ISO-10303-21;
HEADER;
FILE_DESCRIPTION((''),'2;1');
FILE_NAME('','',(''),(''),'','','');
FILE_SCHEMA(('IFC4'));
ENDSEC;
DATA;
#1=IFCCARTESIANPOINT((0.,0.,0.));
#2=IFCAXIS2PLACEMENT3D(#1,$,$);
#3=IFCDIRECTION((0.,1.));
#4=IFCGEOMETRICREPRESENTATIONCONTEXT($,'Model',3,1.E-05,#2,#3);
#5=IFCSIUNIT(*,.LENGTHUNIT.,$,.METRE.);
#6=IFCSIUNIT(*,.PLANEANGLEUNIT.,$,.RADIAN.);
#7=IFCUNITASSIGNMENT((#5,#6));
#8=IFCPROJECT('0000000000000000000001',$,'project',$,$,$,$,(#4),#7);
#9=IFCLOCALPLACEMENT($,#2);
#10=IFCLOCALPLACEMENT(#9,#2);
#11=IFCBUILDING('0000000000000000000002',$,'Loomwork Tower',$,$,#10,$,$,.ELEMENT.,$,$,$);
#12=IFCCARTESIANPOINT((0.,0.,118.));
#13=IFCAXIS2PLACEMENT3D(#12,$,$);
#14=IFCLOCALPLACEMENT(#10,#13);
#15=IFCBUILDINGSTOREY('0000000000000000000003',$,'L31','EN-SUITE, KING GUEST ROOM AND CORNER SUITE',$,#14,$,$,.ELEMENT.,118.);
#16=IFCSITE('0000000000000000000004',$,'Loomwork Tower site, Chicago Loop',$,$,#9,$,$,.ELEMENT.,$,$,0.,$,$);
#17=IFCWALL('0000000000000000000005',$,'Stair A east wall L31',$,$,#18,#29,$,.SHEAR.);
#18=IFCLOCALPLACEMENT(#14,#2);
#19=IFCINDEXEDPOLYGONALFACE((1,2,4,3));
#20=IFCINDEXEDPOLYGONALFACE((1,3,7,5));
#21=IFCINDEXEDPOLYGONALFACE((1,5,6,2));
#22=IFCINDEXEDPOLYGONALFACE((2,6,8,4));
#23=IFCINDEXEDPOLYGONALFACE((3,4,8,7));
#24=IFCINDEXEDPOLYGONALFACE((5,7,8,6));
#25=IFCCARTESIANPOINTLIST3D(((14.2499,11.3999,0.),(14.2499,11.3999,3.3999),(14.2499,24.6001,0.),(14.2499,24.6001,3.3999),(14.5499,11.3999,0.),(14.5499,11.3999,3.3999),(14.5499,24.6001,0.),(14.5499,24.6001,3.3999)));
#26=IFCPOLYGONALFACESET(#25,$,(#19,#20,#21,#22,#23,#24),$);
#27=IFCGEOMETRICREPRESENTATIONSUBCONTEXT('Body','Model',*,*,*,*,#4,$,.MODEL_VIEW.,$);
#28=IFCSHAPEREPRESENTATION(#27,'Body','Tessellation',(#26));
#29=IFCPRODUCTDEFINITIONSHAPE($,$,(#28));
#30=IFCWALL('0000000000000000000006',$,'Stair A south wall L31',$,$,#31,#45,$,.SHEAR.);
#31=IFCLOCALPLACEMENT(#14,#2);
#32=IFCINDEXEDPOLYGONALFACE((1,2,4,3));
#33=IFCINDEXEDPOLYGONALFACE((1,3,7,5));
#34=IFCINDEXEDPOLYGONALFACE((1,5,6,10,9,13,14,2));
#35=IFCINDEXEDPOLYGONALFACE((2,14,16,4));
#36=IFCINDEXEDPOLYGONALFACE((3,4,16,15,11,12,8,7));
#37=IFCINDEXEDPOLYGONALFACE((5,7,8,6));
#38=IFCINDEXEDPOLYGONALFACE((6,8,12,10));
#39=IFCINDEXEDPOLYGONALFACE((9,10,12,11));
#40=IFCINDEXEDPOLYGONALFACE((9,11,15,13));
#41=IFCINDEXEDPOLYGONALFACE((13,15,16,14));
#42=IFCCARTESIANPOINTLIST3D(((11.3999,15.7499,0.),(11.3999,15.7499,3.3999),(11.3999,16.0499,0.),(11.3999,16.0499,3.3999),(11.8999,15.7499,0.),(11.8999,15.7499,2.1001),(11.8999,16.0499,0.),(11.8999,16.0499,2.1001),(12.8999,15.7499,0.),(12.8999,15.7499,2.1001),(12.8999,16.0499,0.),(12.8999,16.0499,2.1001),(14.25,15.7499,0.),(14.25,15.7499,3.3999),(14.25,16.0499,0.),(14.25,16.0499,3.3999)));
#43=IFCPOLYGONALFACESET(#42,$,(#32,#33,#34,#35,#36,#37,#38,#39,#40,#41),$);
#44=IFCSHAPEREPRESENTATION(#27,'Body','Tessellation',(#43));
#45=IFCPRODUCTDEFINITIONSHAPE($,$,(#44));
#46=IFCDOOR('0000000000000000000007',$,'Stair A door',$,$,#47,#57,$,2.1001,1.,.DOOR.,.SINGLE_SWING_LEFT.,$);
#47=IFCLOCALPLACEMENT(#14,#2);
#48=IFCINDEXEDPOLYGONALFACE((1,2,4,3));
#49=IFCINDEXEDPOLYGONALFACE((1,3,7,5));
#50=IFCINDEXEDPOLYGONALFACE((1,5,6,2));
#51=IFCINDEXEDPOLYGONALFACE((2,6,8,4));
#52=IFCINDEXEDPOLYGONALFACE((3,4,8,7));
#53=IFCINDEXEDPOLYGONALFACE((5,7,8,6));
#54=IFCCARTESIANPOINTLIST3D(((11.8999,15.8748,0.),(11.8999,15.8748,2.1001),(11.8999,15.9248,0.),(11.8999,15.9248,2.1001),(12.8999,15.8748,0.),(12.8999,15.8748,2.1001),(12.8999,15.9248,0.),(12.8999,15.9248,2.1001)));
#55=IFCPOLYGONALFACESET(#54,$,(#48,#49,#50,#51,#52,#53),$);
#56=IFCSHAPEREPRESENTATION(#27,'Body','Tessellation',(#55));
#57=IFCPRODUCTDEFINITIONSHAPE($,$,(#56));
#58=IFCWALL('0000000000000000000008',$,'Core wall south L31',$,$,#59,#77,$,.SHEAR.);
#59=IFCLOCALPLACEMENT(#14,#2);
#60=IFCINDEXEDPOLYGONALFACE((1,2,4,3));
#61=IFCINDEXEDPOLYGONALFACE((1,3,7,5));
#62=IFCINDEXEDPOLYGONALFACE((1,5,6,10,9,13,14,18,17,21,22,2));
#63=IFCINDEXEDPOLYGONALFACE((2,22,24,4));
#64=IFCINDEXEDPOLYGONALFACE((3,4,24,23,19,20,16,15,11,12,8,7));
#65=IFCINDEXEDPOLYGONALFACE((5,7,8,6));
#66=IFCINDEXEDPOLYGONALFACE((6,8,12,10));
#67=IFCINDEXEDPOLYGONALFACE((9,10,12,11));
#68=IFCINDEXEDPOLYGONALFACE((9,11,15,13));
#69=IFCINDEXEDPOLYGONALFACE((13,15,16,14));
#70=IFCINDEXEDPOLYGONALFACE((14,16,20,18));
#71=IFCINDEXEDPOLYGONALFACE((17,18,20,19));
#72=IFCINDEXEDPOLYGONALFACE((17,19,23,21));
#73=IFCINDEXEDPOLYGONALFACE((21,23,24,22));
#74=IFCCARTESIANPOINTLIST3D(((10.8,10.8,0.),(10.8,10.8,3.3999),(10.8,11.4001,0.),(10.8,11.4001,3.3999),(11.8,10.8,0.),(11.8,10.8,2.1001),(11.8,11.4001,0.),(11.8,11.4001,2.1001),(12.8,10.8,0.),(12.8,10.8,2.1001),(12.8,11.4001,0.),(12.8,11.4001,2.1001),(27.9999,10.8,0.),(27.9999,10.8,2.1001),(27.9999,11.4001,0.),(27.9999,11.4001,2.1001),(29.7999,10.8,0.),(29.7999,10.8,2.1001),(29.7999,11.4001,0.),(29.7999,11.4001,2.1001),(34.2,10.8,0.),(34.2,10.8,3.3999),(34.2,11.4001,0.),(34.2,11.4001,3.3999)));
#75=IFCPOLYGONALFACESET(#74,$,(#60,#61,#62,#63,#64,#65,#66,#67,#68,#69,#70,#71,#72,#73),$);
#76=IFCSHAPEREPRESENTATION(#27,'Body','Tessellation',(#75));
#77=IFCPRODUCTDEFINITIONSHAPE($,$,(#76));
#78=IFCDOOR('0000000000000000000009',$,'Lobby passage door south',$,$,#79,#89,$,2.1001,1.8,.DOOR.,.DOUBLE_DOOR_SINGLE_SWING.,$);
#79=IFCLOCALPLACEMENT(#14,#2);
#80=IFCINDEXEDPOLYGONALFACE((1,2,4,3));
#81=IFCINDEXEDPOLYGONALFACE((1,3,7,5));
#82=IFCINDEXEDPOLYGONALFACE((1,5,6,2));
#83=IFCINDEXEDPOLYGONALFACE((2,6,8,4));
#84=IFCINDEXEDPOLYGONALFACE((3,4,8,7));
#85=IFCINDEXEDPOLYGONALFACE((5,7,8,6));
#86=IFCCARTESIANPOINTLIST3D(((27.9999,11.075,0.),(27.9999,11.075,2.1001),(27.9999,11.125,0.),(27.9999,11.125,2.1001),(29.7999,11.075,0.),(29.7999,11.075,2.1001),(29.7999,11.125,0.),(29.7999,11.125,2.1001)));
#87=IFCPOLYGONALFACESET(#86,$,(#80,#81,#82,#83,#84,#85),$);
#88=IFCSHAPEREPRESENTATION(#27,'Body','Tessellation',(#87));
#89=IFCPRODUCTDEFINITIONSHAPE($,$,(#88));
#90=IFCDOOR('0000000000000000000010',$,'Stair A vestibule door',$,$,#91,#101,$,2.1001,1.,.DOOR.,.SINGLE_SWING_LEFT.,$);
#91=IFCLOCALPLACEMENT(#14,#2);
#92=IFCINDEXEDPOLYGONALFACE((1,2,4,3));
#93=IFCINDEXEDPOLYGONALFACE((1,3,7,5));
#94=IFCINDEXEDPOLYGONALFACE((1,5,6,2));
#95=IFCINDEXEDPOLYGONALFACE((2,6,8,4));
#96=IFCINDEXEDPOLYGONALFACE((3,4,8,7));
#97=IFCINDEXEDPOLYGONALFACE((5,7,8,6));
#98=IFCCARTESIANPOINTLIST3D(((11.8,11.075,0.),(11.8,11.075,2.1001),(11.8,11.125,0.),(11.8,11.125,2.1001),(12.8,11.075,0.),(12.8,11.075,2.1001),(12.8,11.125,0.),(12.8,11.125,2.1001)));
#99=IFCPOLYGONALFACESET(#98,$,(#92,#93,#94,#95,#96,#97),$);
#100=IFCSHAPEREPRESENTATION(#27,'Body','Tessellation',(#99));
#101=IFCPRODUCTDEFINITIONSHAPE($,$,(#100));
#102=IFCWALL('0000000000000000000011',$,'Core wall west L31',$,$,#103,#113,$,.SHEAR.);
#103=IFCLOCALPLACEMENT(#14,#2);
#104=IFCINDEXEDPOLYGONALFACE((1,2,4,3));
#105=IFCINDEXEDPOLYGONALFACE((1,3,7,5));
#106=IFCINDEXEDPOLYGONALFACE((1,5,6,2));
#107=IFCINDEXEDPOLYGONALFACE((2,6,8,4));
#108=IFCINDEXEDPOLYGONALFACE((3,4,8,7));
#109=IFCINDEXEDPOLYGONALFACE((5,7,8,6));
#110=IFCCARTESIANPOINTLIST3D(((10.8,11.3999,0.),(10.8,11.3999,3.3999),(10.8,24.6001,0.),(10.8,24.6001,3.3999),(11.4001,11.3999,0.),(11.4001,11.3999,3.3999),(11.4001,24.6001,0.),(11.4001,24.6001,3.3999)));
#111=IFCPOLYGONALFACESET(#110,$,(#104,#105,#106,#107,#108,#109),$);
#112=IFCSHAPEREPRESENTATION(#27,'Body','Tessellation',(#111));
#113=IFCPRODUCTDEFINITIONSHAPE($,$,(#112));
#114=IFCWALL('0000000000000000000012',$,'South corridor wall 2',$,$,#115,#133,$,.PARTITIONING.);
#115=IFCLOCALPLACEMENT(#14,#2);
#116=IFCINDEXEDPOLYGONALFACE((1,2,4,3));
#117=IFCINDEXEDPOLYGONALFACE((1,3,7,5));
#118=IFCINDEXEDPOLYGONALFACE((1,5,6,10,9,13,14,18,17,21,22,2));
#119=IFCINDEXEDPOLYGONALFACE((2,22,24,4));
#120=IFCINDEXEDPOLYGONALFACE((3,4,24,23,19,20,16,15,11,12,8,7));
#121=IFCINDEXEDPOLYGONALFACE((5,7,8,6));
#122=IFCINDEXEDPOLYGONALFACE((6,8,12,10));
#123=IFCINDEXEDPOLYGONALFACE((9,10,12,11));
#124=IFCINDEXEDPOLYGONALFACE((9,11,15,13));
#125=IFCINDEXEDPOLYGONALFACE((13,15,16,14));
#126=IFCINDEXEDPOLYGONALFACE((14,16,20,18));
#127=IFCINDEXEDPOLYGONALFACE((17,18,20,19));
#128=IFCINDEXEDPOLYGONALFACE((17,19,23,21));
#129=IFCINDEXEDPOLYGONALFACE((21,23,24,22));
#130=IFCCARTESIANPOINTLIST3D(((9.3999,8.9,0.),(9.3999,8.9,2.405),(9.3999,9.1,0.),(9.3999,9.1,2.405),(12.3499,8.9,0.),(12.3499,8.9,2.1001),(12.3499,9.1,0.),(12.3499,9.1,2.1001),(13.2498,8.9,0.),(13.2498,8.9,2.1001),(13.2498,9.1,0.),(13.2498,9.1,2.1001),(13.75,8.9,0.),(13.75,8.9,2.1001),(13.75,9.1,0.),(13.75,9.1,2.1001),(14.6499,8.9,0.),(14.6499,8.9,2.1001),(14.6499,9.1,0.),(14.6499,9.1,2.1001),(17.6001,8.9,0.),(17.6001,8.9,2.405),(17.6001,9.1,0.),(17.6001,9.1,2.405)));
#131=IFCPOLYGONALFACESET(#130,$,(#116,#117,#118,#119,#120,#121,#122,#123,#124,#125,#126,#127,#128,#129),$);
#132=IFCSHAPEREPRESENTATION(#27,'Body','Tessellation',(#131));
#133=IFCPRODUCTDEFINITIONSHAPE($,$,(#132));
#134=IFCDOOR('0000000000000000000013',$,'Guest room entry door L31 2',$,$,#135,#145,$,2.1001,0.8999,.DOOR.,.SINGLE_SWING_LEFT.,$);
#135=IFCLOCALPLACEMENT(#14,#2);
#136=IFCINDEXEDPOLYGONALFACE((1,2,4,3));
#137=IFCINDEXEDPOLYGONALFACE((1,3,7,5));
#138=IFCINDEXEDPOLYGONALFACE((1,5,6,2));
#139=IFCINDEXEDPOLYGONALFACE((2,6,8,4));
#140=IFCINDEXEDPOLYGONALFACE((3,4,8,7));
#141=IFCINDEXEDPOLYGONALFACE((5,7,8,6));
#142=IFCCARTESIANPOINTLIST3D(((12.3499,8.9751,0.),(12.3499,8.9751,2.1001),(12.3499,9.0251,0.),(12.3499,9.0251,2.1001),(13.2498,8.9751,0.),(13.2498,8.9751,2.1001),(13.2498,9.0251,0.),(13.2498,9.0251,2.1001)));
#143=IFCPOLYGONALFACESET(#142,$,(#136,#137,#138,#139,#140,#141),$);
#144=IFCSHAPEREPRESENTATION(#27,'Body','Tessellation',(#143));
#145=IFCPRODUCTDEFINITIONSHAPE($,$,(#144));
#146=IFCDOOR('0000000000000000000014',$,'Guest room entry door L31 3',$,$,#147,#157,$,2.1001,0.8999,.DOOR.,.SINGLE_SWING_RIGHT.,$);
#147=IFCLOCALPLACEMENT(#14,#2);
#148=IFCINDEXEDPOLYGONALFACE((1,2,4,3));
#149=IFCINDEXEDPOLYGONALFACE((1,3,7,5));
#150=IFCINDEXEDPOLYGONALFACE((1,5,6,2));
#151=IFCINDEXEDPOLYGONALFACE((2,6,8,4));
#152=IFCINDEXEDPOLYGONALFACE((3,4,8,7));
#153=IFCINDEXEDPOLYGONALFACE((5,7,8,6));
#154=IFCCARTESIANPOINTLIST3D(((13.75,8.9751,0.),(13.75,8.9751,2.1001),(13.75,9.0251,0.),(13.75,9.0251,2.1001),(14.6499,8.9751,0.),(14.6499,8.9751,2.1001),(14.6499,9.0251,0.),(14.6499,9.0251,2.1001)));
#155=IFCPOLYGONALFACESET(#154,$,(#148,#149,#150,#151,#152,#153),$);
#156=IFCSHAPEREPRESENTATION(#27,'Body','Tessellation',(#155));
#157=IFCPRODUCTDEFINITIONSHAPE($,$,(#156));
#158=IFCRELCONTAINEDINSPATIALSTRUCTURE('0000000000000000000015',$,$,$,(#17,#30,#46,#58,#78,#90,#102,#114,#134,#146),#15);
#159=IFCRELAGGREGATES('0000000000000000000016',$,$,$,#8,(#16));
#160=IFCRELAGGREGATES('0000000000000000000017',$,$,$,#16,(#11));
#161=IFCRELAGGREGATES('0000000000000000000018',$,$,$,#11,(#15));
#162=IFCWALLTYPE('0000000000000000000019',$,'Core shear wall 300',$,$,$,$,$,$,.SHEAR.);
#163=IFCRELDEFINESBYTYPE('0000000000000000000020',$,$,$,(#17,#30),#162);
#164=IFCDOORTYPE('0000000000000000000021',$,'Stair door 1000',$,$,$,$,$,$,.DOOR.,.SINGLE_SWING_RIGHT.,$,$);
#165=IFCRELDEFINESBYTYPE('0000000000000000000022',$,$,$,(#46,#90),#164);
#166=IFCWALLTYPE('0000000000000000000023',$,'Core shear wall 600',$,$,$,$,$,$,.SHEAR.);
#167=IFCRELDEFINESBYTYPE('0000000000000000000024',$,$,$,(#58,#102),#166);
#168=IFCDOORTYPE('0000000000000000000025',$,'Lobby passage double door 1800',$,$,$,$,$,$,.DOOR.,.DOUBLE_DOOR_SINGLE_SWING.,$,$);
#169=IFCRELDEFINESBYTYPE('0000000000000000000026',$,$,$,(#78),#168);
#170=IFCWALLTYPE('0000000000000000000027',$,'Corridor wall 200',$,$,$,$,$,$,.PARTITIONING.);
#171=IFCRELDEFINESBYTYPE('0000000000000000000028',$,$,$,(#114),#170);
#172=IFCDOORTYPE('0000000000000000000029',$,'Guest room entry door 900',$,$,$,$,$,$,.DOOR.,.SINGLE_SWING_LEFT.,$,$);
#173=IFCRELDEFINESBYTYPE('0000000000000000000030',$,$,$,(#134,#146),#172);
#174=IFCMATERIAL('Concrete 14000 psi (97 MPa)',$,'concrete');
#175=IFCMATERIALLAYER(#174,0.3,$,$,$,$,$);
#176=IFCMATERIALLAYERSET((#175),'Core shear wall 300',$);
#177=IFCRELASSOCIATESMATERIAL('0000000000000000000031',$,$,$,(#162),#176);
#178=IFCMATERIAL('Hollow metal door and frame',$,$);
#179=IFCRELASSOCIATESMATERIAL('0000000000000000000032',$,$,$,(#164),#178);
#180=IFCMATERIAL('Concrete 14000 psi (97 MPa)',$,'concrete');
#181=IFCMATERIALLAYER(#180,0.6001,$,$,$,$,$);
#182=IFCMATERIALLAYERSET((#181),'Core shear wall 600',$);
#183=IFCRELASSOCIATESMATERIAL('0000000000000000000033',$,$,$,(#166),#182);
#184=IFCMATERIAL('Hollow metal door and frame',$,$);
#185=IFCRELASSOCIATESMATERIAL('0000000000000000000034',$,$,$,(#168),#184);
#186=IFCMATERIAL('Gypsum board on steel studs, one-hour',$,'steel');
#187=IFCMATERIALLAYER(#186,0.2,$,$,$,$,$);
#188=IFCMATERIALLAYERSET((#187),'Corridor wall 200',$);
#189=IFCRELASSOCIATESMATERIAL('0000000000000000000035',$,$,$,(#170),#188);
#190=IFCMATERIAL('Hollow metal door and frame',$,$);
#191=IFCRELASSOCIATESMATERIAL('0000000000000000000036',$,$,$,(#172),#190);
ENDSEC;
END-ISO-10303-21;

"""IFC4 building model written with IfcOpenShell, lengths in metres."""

from ifc_helpers import new_model, si_unit, direction, frame, frame_2d, origin, place, context, subcontext, project, spatial, rectangle, extrude, material, layer, layer_set, type_object, element, fill, save


model = new_model("IFC4")

# Units and contexts
model_context = context("Model", 3, precision=1e-05, world=origin(), true_north=direction((0.0, 1.0)))
body_context = subcontext(model_context, "Body", "Model", "MODEL_VIEW")
ifc_project = project(units=[si_unit("LENGTHUNIT", "METRE"), si_unit("PLANEANGLEUNIT", "RADIAN")], contexts=[model_context])

# Site, building, storey
site_placement = place(None, origin())
site = spatial("IfcSite", under=ifc_project, at=site_placement, Name="Loomwork Tower site, Chicago Loop", CompositionType="ELEMENT", RefElevation=0.0)
building_placement = place(site_placement, origin())
building = spatial("IfcBuilding", under=site, at=building_placement, Name="Loomwork Tower", CompositionType="ELEMENT")
storey_placement = place(building_placement, frame((0.0, 0.0, 118.0)))
storey = spatial("IfcBuildingStorey", under=building, at=storey_placement, Name="L31", Description="EN-SUITE, KING GUEST ROOM AND CORNER SUITE", CompositionType="ELEMENT", Elevation=118.0)

# Wall
ifc_material_1 = material(Name="Concrete 14000 psi (97 MPa)", Category="concrete")
ifc_layer_1 = layer(ifc_material_1, 0.3)
ifc_layer_set_1 = layer_set([ifc_layer_1], Name="Core shear wall 300")
wall_type_1 = type_object("IfcWallType", Name="Core shear wall 300", PredefinedType="SHEAR", material=ifc_layer_set_1)
wall_1_placement = place(storey_placement, frame((14.3999, 11.3999, 0.0), z_axis=(0.0, 0.0, 1.0), x_axis=(0.0, 1.0, 0.0)))
element("IfcWall", 1, at=wall_1_placement, inside=storey, type_object=wall_type_1, Name="Stair A east wall L31", PredefinedType="SHEAR", context=body_context, shape_type="SweptSolid", body=[
    extrude(rectangle(XDim=13.2002, YDim=0.3, at=frame_2d((6.6001, 0.0))), origin(), (0.0, 0.0, 1.0), 3.3999),
])

# Wall, opening, door
wall_2_placement = place(storey_placement, frame((11.3999, 15.8999, 0.0), z_axis=(0.0, 0.0, 1.0), x_axis=(1.0, 0.0, 0.0)))
wall_2 = element("IfcWall", 2, at=wall_2_placement, inside=storey, type_object=wall_type_1, Name="Stair A south wall L31", PredefinedType="SHEAR", context=body_context, shape_type="SweptSolid", body=[
    extrude(rectangle(XDim=2.8501, YDim=0.3, at=frame_2d((1.425, 0.0))), origin(), (0.0, 0.0, 1.0), 3.3999),
])
opening_1_placement = place(wall_2_placement, frame((0.5, 0.0, 0.0)))
opening_1 = element("IfcOpeningElement", 3, at=opening_1_placement, cuts=wall_2, PredefinedType="OPENING", context=body_context, shape_type="SweptSolid", body=[
    extrude(rectangle(XDim=1.0, YDim=2.1001, at=frame_2d((0.5, 1.05))), frame((0.0, 0.1599, 0.0), z_axis=(0.0, -1.0, 0.0), x_axis=(1.0, 0.0, 0.0)), (0.0, 0.0, 1.0), 0.3201),
])
ifc_material_2 = material(Name="Hollow metal door and frame")
door_type_1 = type_object("IfcDoorType", Name="Stair door 1000", OperationType="SINGLE_SWING_RIGHT", PredefinedType="DOOR", material=ifc_material_2)
door_1_placement = place(opening_1_placement, origin())
door_1 = element("IfcDoor", 4, at=door_1_placement, inside=storey, type_object=door_type_1, Name="Stair A door", OperationType="SINGLE_SWING_LEFT", OverallHeight=2.1001, OverallWidth=1.0, PredefinedType="DOOR", context=body_context, shape_type="SweptSolid", body=[
    extrude(rectangle(XDim=1.0, YDim=2.1001, at=frame_2d((0.5, 1.05))), frame((0.0, 0.0249, 0.0), z_axis=(0.0, -1.0, 0.0), x_axis=(1.0, 0.0, 0.0)), (0.0, 0.0, 1.0), 0.05),
])
fill(opening_1, door_1)

# Wall, openings, doors
ifc_material_3 = material(Name="Concrete 14000 psi (97 MPa)", Category="concrete")
ifc_layer_2 = layer(ifc_material_3, 0.6001)
ifc_layer_set_2 = layer_set([ifc_layer_2], Name="Core shear wall 600")
wall_type_2 = type_object("IfcWallType", Name="Core shear wall 600", PredefinedType="SHEAR", material=ifc_layer_set_2)
wall_3_placement = place(storey_placement, frame((10.8, 11.1001, 0.0), z_axis=(0.0, 0.0, 1.0), x_axis=(1.0, 0.0, 0.0)))
wall_3 = element("IfcWall", 5, at=wall_3_placement, inside=storey, type_object=wall_type_2, Name="Core wall south L31", PredefinedType="SHEAR", context=body_context, shape_type="SweptSolid", body=[
    extrude(rectangle(XDim=23.3999, YDim=0.6001, at=frame_2d((11.7, 0.0))), origin(), (0.0, 0.0, 1.0), 3.3999),
])
opening_2_placement = place(wall_3_placement, frame((1.0, 0.0, 0.0)))
opening_2 = element("IfcOpeningElement", 6, at=opening_2_placement, cuts=wall_3, PredefinedType="OPENING", context=body_context, shape_type="SweptSolid", body=[
    extrude(rectangle(XDim=1.0, YDim=2.1001, at=frame_2d((0.5, 1.05))), frame((0.0, 0.3101, 0.0), z_axis=(0.0, -1.0, 0.0), x_axis=(1.0, 0.0, 0.0)), (0.0, 0.0, 1.0), 0.6201),
])
opening_3_placement = place(wall_3_placement, frame((17.2, 0.0, 0.0)))
opening_3 = element("IfcOpeningElement", 7, at=opening_3_placement, cuts=wall_3, PredefinedType="OPENING", context=body_context, shape_type="SweptSolid", body=[
    extrude(rectangle(XDim=1.8, YDim=2.1001, at=frame_2d((0.8999, 1.05))), frame((0.0, 0.3101, 0.0), z_axis=(0.0, -1.0, 0.0), x_axis=(1.0, 0.0, 0.0)), (0.0, 0.0, 1.0), 0.6201),
])
ifc_material_4 = material(Name="Hollow metal door and frame")
door_type_2 = type_object("IfcDoorType", Name="Lobby passage double door 1800", OperationType="DOUBLE_DOOR_SINGLE_SWING", PredefinedType="DOOR", material=ifc_material_4)
door_2_placement = place(opening_3_placement, origin())
door_2 = element("IfcDoor", 8, at=door_2_placement, inside=storey, type_object=door_type_2, Name="Lobby passage door south", OperationType="DOUBLE_DOOR_SINGLE_SWING", OverallHeight=2.1001, OverallWidth=1.8, PredefinedType="DOOR", context=body_context, shape_type="SweptSolid", body=[
    extrude(rectangle(XDim=1.8, YDim=2.1001, at=frame_2d((0.8999, 1.05))), frame((0.0, 0.0249, 0.0), z_axis=(0.0, -1.0, 0.0), x_axis=(1.0, 0.0, 0.0)), (0.0, 0.0, 1.0), 0.05),
])
fill(opening_3, door_2)
door_3_placement = place(opening_2_placement, origin())
door_3 = element("IfcDoor", 9, at=door_3_placement, inside=storey, type_object=door_type_1, Name="Stair A vestibule door", OperationType="SINGLE_SWING_LEFT", OverallHeight=2.1001, OverallWidth=1.0, PredefinedType="DOOR", context=body_context, shape_type="SweptSolid", body=[
    extrude(rectangle(XDim=1.0, YDim=2.1001, at=frame_2d((0.5, 1.05))), frame((0.0, 0.0249, 0.0), z_axis=(0.0, -1.0, 0.0), x_axis=(1.0, 0.0, 0.0)), (0.0, 0.0, 1.0), 0.05),
])
fill(opening_2, door_3)

# Wall
wall_4_placement = place(storey_placement, frame((11.1001, 11.3999, 0.0), z_axis=(0.0, 0.0, 1.0), x_axis=(0.0, 1.0, 0.0)))
element("IfcWall", 10, at=wall_4_placement, inside=storey, type_object=wall_type_2, Name="Core wall west L31", PredefinedType="SHEAR", context=body_context, shape_type="SweptSolid", body=[
    extrude(rectangle(XDim=13.2002, YDim=0.6001, at=frame_2d((6.6001, 0.0))), origin(), (0.0, 0.0, 1.0), 3.3999),
])

# Wall, openings, doors
ifc_material_5 = material(Name="Gypsum board on steel studs, one-hour", Category="steel")
ifc_layer_3 = layer(ifc_material_5, 0.2)
ifc_layer_set_3 = layer_set([ifc_layer_3], Name="Corridor wall 200")
wall_type_3 = type_object("IfcWallType", Name="Corridor wall 200", PredefinedType="PARTITIONING", material=ifc_layer_set_3)
wall_5_placement = place(storey_placement, frame((9.3999, 9.0, 0.0), z_axis=(0.0, 0.0, 1.0), x_axis=(1.0, 0.0, 0.0)))
wall_5 = element("IfcWall", 11, at=wall_5_placement, inside=storey, type_object=wall_type_3, Name="South corridor wall 2", PredefinedType="PARTITIONING", context=body_context, shape_type="SweptSolid", body=[
    extrude(rectangle(XDim=8.2002, YDim=0.2, at=frame_2d((4.1001, 0.0))), origin(), (0.0, 0.0, 1.0), 2.405),
])
opening_4_placement = place(wall_5_placement, frame((2.95, 0.0, 0.0)))
opening_4 = element("IfcOpeningElement", 12, at=opening_4_placement, cuts=wall_5, PredefinedType="OPENING", context=body_context, shape_type="SweptSolid", body=[
    extrude(rectangle(XDim=0.8999, YDim=2.1001, at=frame_2d((0.45, 1.05))), frame((0.0, 0.1099, 0.0), z_axis=(0.0, -1.0, 0.0), x_axis=(1.0, 0.0, 0.0)), (0.0, 0.0, 1.0), 0.22),
])
opening_5_placement = place(wall_5_placement, frame((4.3501, 0.0, 0.0)))
opening_5 = element("IfcOpeningElement", 13, at=opening_5_placement, cuts=wall_5, PredefinedType="OPENING", context=body_context, shape_type="SweptSolid", body=[
    extrude(rectangle(XDim=0.8999, YDim=2.1001, at=frame_2d((0.45, 1.05))), frame((0.0, 0.1099, 0.0), z_axis=(0.0, -1.0, 0.0), x_axis=(1.0, 0.0, 0.0)), (0.0, 0.0, 1.0), 0.22),
])
ifc_material_6 = material(Name="Hollow metal door and frame")
door_type_3 = type_object("IfcDoorType", Name="Guest room entry door 900", OperationType="SINGLE_SWING_LEFT", PredefinedType="DOOR", material=ifc_material_6)
door_4_placement = place(opening_4_placement, frame((0.8999, 0.0, 0.0), z_axis=(0.0, 0.0, 1.0), x_axis=(-1.0, 0.0, 0.0)))
door_4 = element("IfcDoor", 14, at=door_4_placement, inside=storey, type_object=door_type_3, Name="Guest room entry door L31 2", OperationType="SINGLE_SWING_LEFT", OverallHeight=2.1001, OverallWidth=0.8999, PredefinedType="DOOR", context=body_context, shape_type="SweptSolid", body=[
    extrude(rectangle(XDim=0.8999, YDim=2.1001, at=frame_2d((0.45, 1.05))), frame((0.0, 0.0249, 0.0), z_axis=(0.0, -1.0, 0.0), x_axis=(1.0, 0.0, 0.0)), (0.0, 0.0, 1.0), 0.05),
])
fill(opening_4, door_4)
door_5_placement = place(opening_5_placement, frame((0.8999, 0.0, 0.0), z_axis=(0.0, 0.0, 1.0), x_axis=(-1.0, 0.0, 0.0)))
door_5 = element("IfcDoor", 15, at=door_5_placement, inside=storey, type_object=door_type_3, Name="Guest room entry door L31 3", OperationType="SINGLE_SWING_RIGHT", OverallHeight=2.1001, OverallWidth=0.8999, PredefinedType="DOOR", context=body_context, shape_type="SweptSolid", body=[
    extrude(rectangle(XDim=0.8999, YDim=2.1001, at=frame_2d((0.45, 1.05))), frame((0.0, 0.0249, 0.0), z_axis=(0.0, -1.0, 0.0), x_axis=(1.0, 0.0, 0.0)), (0.0, 0.0, 1.0), 0.05),
])
fill(opening_5, door_5)

save(model, "model.ifc")
